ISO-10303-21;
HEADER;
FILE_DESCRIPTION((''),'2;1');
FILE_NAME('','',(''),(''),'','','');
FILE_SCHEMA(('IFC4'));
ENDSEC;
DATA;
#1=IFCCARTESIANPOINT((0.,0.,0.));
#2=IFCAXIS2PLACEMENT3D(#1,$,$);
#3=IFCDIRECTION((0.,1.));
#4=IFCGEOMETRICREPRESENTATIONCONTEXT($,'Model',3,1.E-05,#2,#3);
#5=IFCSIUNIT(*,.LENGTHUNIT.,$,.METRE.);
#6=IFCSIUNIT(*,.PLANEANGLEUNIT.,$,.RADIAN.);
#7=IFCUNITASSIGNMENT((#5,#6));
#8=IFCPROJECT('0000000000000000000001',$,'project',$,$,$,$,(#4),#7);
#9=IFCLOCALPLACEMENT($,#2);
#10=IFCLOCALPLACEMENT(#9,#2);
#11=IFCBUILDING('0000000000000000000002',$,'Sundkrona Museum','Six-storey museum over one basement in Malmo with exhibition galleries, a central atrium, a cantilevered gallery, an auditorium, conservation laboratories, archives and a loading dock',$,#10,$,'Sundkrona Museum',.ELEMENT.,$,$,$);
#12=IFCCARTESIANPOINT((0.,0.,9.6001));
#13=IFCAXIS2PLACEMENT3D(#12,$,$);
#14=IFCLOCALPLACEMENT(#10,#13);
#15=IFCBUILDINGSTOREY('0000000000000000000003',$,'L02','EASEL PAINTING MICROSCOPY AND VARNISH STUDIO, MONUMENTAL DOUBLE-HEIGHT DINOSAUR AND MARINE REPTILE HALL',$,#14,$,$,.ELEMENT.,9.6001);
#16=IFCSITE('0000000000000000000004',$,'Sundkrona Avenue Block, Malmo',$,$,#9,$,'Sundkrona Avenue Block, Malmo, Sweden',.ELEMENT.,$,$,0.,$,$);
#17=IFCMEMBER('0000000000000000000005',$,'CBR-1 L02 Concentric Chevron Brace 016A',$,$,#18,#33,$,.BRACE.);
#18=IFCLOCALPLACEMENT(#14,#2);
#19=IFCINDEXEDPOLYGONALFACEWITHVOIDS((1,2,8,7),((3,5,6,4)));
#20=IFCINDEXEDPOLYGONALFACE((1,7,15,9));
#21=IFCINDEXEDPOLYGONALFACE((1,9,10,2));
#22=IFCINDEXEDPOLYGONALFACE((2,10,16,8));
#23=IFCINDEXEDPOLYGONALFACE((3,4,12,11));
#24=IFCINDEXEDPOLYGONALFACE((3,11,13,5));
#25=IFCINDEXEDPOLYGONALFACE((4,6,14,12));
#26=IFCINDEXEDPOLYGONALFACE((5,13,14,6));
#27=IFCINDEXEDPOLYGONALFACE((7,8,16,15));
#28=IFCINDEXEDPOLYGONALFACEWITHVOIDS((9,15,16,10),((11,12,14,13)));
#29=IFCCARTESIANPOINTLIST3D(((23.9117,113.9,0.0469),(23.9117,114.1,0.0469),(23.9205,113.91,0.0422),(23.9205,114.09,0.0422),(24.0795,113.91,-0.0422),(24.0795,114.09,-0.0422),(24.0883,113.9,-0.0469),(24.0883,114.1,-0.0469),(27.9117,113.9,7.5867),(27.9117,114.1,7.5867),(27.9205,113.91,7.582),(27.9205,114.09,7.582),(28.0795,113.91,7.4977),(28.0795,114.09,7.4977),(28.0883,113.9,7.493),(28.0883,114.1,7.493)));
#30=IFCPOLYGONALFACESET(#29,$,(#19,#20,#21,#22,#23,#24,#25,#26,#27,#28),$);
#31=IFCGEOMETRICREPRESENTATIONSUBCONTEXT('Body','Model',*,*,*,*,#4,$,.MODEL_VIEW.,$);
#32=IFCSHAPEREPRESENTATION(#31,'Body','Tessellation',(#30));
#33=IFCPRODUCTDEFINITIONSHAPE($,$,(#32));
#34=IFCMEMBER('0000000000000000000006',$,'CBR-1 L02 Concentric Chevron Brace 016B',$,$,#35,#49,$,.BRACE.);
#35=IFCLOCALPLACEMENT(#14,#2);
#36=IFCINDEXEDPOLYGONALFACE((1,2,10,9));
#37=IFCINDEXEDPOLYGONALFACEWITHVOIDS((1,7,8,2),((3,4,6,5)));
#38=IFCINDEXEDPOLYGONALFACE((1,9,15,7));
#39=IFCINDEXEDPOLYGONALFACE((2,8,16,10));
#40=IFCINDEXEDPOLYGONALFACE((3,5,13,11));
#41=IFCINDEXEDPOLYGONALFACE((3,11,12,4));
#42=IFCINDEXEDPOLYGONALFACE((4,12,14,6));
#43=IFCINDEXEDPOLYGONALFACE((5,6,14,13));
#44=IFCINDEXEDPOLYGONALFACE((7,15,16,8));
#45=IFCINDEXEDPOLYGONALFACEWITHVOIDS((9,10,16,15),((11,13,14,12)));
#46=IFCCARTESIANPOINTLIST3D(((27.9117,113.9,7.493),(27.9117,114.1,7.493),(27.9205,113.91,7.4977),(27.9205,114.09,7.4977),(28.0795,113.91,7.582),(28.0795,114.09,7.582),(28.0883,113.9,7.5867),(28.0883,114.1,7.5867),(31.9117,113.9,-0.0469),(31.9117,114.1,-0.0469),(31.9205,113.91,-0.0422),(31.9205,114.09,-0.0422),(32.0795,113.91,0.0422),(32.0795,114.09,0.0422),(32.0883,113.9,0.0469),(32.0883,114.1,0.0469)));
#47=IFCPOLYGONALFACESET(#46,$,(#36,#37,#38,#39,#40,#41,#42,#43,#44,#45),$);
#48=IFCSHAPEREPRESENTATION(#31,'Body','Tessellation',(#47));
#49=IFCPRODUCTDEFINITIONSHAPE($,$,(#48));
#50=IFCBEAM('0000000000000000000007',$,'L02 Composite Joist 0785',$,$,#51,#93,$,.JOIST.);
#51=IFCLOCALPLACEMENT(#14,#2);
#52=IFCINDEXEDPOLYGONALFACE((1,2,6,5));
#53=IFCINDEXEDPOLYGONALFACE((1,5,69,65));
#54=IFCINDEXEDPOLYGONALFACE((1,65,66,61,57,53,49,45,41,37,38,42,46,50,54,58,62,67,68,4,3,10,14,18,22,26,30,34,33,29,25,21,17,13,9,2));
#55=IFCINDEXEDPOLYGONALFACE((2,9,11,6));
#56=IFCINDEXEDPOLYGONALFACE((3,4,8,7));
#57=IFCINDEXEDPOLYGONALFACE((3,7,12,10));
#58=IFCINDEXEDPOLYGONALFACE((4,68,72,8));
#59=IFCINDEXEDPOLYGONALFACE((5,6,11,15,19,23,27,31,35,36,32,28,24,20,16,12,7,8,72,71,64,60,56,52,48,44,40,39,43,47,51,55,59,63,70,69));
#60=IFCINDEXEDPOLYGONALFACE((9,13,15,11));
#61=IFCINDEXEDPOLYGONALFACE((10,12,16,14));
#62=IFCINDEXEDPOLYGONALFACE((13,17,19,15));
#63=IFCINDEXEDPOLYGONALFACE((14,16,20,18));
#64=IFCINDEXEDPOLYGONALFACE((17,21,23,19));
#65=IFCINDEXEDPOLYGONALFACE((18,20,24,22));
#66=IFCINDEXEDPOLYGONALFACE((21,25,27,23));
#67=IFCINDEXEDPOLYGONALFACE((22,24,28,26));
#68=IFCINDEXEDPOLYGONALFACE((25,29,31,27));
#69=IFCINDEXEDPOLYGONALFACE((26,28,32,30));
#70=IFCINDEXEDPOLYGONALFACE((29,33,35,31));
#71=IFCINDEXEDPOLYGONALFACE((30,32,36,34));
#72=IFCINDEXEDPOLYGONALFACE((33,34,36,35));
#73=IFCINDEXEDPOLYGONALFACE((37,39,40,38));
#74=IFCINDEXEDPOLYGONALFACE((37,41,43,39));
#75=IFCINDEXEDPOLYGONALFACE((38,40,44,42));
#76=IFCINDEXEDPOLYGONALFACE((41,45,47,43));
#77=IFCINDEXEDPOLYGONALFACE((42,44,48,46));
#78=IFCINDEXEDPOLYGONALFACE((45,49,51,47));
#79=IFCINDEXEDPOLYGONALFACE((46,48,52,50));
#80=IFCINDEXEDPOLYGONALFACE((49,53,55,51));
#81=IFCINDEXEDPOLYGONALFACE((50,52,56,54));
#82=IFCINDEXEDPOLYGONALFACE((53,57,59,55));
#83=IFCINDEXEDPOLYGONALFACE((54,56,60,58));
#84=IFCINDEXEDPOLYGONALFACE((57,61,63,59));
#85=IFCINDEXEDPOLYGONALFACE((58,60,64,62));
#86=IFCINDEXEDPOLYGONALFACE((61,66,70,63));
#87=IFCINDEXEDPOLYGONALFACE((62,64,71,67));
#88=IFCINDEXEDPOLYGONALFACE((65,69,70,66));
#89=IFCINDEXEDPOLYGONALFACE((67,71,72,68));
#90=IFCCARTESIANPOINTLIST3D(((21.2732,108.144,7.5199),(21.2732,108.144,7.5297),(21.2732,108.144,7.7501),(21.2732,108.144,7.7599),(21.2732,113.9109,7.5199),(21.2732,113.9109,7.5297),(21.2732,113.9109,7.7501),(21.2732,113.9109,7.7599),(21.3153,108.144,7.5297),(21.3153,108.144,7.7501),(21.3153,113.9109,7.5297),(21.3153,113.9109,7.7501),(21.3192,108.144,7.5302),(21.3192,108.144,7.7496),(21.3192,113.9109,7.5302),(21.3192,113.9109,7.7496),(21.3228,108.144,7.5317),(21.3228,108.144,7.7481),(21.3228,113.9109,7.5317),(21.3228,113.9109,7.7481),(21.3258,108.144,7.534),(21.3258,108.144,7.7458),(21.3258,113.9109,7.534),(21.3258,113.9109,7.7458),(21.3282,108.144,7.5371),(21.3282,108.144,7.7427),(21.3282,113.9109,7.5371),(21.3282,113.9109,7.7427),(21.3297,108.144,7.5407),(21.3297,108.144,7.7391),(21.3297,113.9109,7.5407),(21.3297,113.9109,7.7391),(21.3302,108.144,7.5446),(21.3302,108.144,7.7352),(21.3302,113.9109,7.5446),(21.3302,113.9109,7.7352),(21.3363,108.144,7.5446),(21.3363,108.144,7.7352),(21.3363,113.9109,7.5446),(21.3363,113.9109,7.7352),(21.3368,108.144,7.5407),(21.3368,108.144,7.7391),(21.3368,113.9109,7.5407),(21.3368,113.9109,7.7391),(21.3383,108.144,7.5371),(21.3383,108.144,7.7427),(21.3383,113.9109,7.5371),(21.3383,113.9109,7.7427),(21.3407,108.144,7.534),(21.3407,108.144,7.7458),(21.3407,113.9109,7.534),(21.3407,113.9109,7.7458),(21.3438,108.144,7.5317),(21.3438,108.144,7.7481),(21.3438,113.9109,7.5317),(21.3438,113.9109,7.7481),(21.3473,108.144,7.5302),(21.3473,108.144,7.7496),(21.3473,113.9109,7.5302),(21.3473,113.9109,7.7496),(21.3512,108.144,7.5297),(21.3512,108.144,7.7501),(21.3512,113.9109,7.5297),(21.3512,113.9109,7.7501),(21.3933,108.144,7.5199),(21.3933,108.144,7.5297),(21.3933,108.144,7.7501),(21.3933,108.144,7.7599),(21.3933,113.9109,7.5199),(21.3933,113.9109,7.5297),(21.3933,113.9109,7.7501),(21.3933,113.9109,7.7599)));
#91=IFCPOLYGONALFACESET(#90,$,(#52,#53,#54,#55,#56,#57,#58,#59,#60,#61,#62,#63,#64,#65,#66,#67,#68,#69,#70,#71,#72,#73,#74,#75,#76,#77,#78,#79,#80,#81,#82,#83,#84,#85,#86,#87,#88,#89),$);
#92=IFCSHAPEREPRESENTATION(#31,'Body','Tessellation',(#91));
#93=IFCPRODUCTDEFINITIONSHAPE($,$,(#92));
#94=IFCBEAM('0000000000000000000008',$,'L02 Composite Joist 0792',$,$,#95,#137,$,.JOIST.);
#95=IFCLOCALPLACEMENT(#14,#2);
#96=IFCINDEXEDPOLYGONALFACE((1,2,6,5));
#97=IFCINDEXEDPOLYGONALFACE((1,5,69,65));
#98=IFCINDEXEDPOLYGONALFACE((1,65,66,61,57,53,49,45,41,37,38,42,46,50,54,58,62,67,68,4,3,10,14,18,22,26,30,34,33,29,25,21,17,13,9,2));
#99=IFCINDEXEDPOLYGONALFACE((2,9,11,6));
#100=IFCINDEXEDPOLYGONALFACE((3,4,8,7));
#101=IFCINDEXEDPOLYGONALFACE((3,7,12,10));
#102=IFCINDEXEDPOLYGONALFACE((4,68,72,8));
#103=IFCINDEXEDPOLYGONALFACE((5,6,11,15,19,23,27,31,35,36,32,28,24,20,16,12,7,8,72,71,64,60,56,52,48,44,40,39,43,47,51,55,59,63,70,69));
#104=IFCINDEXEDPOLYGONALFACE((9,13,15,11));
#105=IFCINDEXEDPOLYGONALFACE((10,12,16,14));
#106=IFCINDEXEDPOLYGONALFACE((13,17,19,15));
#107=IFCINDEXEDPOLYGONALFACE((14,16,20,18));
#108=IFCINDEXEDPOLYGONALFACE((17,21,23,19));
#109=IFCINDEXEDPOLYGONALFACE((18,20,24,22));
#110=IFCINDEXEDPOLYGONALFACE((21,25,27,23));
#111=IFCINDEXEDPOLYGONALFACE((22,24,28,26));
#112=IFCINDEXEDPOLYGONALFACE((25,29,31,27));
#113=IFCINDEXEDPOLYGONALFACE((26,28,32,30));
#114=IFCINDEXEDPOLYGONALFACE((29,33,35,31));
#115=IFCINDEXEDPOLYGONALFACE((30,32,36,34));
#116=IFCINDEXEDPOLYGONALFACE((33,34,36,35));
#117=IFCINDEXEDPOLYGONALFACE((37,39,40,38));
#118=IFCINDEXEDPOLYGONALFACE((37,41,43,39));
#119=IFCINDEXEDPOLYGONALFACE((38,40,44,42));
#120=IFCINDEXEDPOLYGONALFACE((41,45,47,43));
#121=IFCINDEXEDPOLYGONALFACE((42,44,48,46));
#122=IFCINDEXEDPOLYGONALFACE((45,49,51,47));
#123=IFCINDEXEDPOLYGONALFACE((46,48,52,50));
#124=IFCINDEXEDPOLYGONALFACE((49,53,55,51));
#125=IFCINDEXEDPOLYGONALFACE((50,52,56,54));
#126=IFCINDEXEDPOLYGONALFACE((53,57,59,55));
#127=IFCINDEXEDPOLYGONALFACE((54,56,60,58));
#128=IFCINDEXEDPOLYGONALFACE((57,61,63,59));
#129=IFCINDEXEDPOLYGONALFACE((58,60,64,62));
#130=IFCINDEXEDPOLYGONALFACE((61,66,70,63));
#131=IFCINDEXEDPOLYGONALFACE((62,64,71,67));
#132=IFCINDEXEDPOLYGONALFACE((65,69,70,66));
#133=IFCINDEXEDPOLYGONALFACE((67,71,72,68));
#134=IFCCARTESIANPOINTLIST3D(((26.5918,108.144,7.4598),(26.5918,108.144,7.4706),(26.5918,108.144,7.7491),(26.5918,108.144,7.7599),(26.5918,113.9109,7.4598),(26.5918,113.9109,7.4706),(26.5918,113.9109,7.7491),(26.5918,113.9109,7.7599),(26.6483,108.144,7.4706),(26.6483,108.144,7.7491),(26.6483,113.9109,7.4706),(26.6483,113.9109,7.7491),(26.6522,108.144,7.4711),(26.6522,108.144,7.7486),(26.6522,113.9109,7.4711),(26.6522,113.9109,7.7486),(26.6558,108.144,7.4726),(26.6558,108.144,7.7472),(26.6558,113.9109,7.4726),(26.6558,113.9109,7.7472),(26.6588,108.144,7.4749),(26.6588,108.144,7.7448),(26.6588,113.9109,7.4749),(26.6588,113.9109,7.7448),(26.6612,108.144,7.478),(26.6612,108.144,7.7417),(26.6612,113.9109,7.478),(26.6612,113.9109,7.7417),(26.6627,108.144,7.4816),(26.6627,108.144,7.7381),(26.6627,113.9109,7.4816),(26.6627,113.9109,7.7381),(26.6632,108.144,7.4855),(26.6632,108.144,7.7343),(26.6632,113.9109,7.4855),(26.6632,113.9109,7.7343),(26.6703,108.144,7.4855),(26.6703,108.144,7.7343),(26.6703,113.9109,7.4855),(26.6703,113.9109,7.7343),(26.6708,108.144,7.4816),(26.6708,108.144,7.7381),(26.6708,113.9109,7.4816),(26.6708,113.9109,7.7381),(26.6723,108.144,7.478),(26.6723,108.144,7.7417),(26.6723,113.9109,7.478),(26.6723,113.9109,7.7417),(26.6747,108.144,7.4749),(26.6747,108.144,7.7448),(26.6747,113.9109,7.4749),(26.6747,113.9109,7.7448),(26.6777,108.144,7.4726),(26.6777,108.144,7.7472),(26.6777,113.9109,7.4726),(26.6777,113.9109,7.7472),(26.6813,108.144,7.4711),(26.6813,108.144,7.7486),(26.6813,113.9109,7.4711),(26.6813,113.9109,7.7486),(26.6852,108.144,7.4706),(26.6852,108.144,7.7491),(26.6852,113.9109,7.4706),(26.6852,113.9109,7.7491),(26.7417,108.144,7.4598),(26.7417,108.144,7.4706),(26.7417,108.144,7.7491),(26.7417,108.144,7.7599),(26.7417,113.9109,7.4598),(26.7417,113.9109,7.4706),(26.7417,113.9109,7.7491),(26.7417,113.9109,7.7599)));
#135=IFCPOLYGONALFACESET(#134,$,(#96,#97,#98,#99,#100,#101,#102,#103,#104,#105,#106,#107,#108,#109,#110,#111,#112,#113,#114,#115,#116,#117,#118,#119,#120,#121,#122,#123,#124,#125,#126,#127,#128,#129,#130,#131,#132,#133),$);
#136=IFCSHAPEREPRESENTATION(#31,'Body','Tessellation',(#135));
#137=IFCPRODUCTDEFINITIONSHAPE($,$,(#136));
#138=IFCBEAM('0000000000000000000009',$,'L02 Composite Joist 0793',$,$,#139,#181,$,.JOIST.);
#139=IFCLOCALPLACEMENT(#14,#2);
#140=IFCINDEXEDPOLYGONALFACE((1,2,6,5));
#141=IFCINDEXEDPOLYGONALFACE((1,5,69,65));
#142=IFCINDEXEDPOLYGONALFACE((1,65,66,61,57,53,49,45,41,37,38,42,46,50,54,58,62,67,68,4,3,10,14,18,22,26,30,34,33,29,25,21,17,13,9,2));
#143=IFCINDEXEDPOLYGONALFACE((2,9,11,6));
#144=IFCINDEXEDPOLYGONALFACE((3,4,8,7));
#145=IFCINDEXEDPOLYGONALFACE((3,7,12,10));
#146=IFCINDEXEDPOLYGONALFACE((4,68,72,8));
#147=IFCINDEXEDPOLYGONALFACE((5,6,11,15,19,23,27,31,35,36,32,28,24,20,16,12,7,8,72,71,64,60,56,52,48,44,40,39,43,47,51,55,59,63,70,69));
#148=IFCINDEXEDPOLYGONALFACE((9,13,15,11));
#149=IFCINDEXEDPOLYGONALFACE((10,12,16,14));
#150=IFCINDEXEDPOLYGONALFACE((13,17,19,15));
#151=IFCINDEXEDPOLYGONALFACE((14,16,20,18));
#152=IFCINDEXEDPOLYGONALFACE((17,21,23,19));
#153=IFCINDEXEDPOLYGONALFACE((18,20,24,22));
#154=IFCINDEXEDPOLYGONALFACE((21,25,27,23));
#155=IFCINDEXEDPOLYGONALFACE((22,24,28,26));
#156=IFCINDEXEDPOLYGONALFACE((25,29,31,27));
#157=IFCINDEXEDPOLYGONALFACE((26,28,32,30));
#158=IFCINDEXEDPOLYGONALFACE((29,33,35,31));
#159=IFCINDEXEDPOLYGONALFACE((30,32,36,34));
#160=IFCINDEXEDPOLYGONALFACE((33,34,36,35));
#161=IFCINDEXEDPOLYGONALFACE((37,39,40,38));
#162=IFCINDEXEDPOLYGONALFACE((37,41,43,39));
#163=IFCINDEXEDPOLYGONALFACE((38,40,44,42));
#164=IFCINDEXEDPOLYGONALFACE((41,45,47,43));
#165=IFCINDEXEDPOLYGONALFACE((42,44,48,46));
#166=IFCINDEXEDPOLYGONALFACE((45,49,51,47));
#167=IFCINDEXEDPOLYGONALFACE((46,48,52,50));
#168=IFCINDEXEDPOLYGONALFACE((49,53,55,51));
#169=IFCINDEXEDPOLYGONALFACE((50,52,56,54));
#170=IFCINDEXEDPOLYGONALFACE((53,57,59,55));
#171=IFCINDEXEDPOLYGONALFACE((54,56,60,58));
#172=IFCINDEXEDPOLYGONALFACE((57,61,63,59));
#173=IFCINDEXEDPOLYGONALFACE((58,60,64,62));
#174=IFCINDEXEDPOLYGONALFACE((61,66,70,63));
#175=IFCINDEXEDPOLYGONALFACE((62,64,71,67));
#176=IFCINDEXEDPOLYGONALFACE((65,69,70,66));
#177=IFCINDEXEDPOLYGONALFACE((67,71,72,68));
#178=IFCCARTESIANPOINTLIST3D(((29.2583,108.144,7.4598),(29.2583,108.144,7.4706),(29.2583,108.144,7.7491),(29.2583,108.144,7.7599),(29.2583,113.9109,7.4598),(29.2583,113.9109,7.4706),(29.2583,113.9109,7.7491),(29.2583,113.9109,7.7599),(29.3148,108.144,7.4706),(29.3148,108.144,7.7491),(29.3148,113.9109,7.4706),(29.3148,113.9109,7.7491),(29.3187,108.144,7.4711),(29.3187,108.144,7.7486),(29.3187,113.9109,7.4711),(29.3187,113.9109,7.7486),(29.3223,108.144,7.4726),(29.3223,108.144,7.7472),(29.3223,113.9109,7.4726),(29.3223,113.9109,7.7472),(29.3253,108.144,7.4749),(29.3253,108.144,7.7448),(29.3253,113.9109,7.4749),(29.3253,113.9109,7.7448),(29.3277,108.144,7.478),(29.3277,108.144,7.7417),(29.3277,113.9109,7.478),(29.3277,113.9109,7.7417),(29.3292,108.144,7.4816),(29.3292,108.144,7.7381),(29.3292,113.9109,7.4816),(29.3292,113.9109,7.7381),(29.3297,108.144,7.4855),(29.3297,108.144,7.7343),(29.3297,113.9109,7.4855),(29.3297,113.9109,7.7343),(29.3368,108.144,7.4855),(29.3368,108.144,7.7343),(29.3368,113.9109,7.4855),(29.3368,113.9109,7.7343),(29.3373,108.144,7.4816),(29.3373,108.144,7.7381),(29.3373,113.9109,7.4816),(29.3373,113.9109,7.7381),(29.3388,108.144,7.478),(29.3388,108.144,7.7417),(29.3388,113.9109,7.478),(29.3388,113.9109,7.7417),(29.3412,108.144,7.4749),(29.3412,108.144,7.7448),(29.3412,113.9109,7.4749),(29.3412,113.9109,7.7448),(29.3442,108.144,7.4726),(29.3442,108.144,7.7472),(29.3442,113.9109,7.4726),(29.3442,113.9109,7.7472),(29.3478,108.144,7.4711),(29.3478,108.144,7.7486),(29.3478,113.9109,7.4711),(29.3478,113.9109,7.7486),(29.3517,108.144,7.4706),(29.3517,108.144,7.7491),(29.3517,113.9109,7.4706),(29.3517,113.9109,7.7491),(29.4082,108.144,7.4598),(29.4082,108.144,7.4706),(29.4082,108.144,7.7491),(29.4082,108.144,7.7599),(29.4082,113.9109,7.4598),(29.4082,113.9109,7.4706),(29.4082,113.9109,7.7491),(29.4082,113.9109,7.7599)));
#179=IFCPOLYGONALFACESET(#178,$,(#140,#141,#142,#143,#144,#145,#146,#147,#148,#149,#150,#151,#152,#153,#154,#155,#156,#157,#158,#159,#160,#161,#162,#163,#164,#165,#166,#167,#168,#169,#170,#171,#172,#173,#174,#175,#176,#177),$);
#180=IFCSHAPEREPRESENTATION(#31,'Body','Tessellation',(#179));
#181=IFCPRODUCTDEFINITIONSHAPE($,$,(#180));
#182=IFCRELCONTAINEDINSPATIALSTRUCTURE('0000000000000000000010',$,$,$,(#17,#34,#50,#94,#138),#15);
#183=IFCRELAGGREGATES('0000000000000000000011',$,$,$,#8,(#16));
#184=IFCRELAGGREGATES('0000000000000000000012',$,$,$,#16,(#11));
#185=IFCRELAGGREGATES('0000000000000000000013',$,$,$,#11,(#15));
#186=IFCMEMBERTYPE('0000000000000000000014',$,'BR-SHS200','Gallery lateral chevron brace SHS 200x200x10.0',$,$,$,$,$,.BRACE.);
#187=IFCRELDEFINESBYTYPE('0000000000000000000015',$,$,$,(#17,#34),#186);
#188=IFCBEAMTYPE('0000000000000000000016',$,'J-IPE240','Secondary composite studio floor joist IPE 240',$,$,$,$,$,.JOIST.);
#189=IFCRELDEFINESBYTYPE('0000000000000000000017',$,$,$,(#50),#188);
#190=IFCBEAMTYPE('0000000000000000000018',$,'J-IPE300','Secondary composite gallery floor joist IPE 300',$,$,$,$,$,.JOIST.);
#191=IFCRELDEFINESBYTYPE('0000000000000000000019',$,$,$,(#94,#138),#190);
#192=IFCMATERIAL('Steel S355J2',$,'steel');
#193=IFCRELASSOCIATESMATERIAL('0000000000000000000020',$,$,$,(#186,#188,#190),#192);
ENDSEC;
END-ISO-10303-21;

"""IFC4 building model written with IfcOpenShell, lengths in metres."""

from ifc_helpers import new_model, si_unit, direction, frame, origin, origin_2d, place, context, subcontext, project, spatial, hollow_rectangle, i_section, extrude, material, material_profile, profile_set, type_object, element, save


model = new_model("IFC4")

# Units and contexts
model_context = context("Model", 3, precision=1e-05, world=origin(), true_north=direction((0.0, 1.0)))
body_context = subcontext(model_context, "Body", "Model", "MODEL_VIEW")
ifc_project = project(units=[si_unit("LENGTHUNIT", "METRE"), si_unit("PLANEANGLEUNIT", "RADIAN")], contexts=[model_context])

# Site, building, storey
site_placement = place(None, origin())
site = spatial("IfcSite", under=ifc_project, at=site_placement, Name="Sundkrona Avenue Block, Malmo", LongName="Sundkrona Avenue Block, Malmo, Sweden", CompositionType="ELEMENT", RefElevation=0.0)
building_placement = place(site_placement, origin())
building = spatial("IfcBuilding", under=site, at=building_placement, Name="Sundkrona Museum", Description="Six-storey museum over one basement in Malmo with exhibition galleries, a central atrium, a cantilevered gallery, an auditorium, conservation laboratories, archives and a loading dock", LongName="Sundkrona Museum", CompositionType="ELEMENT")
storey_placement = place(building_placement, frame((0.0, 0.0, 9.6001)))
storey = spatial("IfcBuildingStorey", under=building, at=storey_placement, Name="L02", Description="EASEL PAINTING MICROSCOPY AND VARNISH STUDIO, MONUMENTAL DOUBLE-HEIGHT DINOSAUR AND MARINE REPTILE HALL", CompositionType="ELEMENT", Elevation=9.6001)

# Shared definitions
ifc_material_1 = material(Name="Steel S355J2", Category="steel")

# Members
ifc_material_profile_1 = material_profile(ifc_material_1, hollow_rectangle(XDim=0.2, YDim=0.2, WallThickness=0.01, at=origin_2d()), Name="SHS 200x200x10.0")
ifc_profile_set_1 = profile_set([ifc_material_profile_1], Name="Steel S355J2")
member_type = type_object("IfcMemberType", Name="BR-SHS200", Description="Gallery lateral chevron brace SHS 200x200x10.0", PredefinedType="BRACE", material=ifc_profile_set_1)
for number, where, z_axis, x_axis, name in (
    (1, (24.0, 114.0, 0.0), (0.468651, 0.0, 0.883383), (0.0, 1.0, 0.0), "CBR-1 L02 Concentric Chevron Brace 016A"),
    (2, (32.0, 114.0, 0.0), (-0.468651, 0.0, 0.883383), (0.0, -1.0, 0.0), "CBR-1 L02 Concentric Chevron Brace 016B"),
):
    element("IfcMember", number, at=place(storey_placement, frame(where, z_axis=z_axis, x_axis=x_axis)), inside=storey, type_object=member_type, Name=name, PredefinedType="BRACE", context=body_context, shape_type="SweptSolid", body=[
        extrude(hollow_rectangle(XDim=0.2, YDim=0.2, WallThickness=0.01, at=origin_2d()), origin(), (0.0, 0.0, 1.0), 8.5352),
    ])

# Beams
ifc_material_profile_2 = material_profile(ifc_material_1, i_section(OverallWidth=0.1201, OverallDepth=0.24, WebThickness=0.0061, FlangeThickness=0.0098, FilletRadius=0.0149, at=origin_2d()), Name="IPE 240")
ifc_profile_set_2 = profile_set([ifc_material_profile_2], Name="Steel S355J2")
beam_type_1 = type_object("IfcBeamType", Name="J-IPE240", Description="Secondary composite studio floor joist IPE 240", PredefinedType="JOIST", material=ifc_profile_set_2)
beam_1_placement = place(storey_placement, frame((21.3333, 108.144, 7.6399), z_axis=(0.0, 1.0, 0.0), x_axis=(-1.0, 0.0, 0.0)))
element("IfcBeam", 3, at=beam_1_placement, inside=storey, type_object=beam_type_1, Name="L02 Composite Joist 0785", PredefinedType="JOIST", context=body_context, shape_type="SweptSolid", body=[
    extrude(i_section(OverallWidth=0.1201, OverallDepth=0.24, WebThickness=0.0061, FlangeThickness=0.0098, FilletRadius=0.0149, at=origin_2d()), origin(), (0.0, 0.0, 1.0), 5.7668),
])
ifc_material_profile_3 = material_profile(ifc_material_1, i_section(OverallWidth=0.1499, OverallDepth=0.3, WebThickness=0.0071, FlangeThickness=0.0107, FilletRadius=0.0149, at=origin_2d()), Name="IPE 300")
ifc_profile_set_3 = profile_set([ifc_material_profile_3], Name="Steel S355J2")
beam_type_2 = type_object("IfcBeamType", Name="J-IPE300", Description="Secondary composite gallery floor joist IPE 300", PredefinedType="JOIST", material=ifc_profile_set_3)
for number, where, z_axis, x_axis, name in (
    (4, (26.6667, 108.144, 7.6099), (0.0, 1.0, 0.0), (-1.0, 0.0, 0.0), "L02 Composite Joist 0792"),
    (5, (29.3333, 108.144, 7.6099), (0.0, 1.0, 0.0), (-1.0, 0.0, 0.0), "L02 Composite Joist 0793"),
):
    element("IfcBeam", number, at=place(storey_placement, frame(where, z_axis=z_axis, x_axis=x_axis)), inside=storey, type_object=beam_type_2, Name=name, PredefinedType="JOIST", context=body_context, shape_type="SweptSolid", body=[
        extrude(i_section(OverallWidth=0.1499, OverallDepth=0.3, WebThickness=0.0071, FlangeThickness=0.0107, FilletRadius=0.0149, at=origin_2d()), origin(), (0.0, 0.0, 1.0), 5.7668),
    ])

save(model, "model.ifc")
